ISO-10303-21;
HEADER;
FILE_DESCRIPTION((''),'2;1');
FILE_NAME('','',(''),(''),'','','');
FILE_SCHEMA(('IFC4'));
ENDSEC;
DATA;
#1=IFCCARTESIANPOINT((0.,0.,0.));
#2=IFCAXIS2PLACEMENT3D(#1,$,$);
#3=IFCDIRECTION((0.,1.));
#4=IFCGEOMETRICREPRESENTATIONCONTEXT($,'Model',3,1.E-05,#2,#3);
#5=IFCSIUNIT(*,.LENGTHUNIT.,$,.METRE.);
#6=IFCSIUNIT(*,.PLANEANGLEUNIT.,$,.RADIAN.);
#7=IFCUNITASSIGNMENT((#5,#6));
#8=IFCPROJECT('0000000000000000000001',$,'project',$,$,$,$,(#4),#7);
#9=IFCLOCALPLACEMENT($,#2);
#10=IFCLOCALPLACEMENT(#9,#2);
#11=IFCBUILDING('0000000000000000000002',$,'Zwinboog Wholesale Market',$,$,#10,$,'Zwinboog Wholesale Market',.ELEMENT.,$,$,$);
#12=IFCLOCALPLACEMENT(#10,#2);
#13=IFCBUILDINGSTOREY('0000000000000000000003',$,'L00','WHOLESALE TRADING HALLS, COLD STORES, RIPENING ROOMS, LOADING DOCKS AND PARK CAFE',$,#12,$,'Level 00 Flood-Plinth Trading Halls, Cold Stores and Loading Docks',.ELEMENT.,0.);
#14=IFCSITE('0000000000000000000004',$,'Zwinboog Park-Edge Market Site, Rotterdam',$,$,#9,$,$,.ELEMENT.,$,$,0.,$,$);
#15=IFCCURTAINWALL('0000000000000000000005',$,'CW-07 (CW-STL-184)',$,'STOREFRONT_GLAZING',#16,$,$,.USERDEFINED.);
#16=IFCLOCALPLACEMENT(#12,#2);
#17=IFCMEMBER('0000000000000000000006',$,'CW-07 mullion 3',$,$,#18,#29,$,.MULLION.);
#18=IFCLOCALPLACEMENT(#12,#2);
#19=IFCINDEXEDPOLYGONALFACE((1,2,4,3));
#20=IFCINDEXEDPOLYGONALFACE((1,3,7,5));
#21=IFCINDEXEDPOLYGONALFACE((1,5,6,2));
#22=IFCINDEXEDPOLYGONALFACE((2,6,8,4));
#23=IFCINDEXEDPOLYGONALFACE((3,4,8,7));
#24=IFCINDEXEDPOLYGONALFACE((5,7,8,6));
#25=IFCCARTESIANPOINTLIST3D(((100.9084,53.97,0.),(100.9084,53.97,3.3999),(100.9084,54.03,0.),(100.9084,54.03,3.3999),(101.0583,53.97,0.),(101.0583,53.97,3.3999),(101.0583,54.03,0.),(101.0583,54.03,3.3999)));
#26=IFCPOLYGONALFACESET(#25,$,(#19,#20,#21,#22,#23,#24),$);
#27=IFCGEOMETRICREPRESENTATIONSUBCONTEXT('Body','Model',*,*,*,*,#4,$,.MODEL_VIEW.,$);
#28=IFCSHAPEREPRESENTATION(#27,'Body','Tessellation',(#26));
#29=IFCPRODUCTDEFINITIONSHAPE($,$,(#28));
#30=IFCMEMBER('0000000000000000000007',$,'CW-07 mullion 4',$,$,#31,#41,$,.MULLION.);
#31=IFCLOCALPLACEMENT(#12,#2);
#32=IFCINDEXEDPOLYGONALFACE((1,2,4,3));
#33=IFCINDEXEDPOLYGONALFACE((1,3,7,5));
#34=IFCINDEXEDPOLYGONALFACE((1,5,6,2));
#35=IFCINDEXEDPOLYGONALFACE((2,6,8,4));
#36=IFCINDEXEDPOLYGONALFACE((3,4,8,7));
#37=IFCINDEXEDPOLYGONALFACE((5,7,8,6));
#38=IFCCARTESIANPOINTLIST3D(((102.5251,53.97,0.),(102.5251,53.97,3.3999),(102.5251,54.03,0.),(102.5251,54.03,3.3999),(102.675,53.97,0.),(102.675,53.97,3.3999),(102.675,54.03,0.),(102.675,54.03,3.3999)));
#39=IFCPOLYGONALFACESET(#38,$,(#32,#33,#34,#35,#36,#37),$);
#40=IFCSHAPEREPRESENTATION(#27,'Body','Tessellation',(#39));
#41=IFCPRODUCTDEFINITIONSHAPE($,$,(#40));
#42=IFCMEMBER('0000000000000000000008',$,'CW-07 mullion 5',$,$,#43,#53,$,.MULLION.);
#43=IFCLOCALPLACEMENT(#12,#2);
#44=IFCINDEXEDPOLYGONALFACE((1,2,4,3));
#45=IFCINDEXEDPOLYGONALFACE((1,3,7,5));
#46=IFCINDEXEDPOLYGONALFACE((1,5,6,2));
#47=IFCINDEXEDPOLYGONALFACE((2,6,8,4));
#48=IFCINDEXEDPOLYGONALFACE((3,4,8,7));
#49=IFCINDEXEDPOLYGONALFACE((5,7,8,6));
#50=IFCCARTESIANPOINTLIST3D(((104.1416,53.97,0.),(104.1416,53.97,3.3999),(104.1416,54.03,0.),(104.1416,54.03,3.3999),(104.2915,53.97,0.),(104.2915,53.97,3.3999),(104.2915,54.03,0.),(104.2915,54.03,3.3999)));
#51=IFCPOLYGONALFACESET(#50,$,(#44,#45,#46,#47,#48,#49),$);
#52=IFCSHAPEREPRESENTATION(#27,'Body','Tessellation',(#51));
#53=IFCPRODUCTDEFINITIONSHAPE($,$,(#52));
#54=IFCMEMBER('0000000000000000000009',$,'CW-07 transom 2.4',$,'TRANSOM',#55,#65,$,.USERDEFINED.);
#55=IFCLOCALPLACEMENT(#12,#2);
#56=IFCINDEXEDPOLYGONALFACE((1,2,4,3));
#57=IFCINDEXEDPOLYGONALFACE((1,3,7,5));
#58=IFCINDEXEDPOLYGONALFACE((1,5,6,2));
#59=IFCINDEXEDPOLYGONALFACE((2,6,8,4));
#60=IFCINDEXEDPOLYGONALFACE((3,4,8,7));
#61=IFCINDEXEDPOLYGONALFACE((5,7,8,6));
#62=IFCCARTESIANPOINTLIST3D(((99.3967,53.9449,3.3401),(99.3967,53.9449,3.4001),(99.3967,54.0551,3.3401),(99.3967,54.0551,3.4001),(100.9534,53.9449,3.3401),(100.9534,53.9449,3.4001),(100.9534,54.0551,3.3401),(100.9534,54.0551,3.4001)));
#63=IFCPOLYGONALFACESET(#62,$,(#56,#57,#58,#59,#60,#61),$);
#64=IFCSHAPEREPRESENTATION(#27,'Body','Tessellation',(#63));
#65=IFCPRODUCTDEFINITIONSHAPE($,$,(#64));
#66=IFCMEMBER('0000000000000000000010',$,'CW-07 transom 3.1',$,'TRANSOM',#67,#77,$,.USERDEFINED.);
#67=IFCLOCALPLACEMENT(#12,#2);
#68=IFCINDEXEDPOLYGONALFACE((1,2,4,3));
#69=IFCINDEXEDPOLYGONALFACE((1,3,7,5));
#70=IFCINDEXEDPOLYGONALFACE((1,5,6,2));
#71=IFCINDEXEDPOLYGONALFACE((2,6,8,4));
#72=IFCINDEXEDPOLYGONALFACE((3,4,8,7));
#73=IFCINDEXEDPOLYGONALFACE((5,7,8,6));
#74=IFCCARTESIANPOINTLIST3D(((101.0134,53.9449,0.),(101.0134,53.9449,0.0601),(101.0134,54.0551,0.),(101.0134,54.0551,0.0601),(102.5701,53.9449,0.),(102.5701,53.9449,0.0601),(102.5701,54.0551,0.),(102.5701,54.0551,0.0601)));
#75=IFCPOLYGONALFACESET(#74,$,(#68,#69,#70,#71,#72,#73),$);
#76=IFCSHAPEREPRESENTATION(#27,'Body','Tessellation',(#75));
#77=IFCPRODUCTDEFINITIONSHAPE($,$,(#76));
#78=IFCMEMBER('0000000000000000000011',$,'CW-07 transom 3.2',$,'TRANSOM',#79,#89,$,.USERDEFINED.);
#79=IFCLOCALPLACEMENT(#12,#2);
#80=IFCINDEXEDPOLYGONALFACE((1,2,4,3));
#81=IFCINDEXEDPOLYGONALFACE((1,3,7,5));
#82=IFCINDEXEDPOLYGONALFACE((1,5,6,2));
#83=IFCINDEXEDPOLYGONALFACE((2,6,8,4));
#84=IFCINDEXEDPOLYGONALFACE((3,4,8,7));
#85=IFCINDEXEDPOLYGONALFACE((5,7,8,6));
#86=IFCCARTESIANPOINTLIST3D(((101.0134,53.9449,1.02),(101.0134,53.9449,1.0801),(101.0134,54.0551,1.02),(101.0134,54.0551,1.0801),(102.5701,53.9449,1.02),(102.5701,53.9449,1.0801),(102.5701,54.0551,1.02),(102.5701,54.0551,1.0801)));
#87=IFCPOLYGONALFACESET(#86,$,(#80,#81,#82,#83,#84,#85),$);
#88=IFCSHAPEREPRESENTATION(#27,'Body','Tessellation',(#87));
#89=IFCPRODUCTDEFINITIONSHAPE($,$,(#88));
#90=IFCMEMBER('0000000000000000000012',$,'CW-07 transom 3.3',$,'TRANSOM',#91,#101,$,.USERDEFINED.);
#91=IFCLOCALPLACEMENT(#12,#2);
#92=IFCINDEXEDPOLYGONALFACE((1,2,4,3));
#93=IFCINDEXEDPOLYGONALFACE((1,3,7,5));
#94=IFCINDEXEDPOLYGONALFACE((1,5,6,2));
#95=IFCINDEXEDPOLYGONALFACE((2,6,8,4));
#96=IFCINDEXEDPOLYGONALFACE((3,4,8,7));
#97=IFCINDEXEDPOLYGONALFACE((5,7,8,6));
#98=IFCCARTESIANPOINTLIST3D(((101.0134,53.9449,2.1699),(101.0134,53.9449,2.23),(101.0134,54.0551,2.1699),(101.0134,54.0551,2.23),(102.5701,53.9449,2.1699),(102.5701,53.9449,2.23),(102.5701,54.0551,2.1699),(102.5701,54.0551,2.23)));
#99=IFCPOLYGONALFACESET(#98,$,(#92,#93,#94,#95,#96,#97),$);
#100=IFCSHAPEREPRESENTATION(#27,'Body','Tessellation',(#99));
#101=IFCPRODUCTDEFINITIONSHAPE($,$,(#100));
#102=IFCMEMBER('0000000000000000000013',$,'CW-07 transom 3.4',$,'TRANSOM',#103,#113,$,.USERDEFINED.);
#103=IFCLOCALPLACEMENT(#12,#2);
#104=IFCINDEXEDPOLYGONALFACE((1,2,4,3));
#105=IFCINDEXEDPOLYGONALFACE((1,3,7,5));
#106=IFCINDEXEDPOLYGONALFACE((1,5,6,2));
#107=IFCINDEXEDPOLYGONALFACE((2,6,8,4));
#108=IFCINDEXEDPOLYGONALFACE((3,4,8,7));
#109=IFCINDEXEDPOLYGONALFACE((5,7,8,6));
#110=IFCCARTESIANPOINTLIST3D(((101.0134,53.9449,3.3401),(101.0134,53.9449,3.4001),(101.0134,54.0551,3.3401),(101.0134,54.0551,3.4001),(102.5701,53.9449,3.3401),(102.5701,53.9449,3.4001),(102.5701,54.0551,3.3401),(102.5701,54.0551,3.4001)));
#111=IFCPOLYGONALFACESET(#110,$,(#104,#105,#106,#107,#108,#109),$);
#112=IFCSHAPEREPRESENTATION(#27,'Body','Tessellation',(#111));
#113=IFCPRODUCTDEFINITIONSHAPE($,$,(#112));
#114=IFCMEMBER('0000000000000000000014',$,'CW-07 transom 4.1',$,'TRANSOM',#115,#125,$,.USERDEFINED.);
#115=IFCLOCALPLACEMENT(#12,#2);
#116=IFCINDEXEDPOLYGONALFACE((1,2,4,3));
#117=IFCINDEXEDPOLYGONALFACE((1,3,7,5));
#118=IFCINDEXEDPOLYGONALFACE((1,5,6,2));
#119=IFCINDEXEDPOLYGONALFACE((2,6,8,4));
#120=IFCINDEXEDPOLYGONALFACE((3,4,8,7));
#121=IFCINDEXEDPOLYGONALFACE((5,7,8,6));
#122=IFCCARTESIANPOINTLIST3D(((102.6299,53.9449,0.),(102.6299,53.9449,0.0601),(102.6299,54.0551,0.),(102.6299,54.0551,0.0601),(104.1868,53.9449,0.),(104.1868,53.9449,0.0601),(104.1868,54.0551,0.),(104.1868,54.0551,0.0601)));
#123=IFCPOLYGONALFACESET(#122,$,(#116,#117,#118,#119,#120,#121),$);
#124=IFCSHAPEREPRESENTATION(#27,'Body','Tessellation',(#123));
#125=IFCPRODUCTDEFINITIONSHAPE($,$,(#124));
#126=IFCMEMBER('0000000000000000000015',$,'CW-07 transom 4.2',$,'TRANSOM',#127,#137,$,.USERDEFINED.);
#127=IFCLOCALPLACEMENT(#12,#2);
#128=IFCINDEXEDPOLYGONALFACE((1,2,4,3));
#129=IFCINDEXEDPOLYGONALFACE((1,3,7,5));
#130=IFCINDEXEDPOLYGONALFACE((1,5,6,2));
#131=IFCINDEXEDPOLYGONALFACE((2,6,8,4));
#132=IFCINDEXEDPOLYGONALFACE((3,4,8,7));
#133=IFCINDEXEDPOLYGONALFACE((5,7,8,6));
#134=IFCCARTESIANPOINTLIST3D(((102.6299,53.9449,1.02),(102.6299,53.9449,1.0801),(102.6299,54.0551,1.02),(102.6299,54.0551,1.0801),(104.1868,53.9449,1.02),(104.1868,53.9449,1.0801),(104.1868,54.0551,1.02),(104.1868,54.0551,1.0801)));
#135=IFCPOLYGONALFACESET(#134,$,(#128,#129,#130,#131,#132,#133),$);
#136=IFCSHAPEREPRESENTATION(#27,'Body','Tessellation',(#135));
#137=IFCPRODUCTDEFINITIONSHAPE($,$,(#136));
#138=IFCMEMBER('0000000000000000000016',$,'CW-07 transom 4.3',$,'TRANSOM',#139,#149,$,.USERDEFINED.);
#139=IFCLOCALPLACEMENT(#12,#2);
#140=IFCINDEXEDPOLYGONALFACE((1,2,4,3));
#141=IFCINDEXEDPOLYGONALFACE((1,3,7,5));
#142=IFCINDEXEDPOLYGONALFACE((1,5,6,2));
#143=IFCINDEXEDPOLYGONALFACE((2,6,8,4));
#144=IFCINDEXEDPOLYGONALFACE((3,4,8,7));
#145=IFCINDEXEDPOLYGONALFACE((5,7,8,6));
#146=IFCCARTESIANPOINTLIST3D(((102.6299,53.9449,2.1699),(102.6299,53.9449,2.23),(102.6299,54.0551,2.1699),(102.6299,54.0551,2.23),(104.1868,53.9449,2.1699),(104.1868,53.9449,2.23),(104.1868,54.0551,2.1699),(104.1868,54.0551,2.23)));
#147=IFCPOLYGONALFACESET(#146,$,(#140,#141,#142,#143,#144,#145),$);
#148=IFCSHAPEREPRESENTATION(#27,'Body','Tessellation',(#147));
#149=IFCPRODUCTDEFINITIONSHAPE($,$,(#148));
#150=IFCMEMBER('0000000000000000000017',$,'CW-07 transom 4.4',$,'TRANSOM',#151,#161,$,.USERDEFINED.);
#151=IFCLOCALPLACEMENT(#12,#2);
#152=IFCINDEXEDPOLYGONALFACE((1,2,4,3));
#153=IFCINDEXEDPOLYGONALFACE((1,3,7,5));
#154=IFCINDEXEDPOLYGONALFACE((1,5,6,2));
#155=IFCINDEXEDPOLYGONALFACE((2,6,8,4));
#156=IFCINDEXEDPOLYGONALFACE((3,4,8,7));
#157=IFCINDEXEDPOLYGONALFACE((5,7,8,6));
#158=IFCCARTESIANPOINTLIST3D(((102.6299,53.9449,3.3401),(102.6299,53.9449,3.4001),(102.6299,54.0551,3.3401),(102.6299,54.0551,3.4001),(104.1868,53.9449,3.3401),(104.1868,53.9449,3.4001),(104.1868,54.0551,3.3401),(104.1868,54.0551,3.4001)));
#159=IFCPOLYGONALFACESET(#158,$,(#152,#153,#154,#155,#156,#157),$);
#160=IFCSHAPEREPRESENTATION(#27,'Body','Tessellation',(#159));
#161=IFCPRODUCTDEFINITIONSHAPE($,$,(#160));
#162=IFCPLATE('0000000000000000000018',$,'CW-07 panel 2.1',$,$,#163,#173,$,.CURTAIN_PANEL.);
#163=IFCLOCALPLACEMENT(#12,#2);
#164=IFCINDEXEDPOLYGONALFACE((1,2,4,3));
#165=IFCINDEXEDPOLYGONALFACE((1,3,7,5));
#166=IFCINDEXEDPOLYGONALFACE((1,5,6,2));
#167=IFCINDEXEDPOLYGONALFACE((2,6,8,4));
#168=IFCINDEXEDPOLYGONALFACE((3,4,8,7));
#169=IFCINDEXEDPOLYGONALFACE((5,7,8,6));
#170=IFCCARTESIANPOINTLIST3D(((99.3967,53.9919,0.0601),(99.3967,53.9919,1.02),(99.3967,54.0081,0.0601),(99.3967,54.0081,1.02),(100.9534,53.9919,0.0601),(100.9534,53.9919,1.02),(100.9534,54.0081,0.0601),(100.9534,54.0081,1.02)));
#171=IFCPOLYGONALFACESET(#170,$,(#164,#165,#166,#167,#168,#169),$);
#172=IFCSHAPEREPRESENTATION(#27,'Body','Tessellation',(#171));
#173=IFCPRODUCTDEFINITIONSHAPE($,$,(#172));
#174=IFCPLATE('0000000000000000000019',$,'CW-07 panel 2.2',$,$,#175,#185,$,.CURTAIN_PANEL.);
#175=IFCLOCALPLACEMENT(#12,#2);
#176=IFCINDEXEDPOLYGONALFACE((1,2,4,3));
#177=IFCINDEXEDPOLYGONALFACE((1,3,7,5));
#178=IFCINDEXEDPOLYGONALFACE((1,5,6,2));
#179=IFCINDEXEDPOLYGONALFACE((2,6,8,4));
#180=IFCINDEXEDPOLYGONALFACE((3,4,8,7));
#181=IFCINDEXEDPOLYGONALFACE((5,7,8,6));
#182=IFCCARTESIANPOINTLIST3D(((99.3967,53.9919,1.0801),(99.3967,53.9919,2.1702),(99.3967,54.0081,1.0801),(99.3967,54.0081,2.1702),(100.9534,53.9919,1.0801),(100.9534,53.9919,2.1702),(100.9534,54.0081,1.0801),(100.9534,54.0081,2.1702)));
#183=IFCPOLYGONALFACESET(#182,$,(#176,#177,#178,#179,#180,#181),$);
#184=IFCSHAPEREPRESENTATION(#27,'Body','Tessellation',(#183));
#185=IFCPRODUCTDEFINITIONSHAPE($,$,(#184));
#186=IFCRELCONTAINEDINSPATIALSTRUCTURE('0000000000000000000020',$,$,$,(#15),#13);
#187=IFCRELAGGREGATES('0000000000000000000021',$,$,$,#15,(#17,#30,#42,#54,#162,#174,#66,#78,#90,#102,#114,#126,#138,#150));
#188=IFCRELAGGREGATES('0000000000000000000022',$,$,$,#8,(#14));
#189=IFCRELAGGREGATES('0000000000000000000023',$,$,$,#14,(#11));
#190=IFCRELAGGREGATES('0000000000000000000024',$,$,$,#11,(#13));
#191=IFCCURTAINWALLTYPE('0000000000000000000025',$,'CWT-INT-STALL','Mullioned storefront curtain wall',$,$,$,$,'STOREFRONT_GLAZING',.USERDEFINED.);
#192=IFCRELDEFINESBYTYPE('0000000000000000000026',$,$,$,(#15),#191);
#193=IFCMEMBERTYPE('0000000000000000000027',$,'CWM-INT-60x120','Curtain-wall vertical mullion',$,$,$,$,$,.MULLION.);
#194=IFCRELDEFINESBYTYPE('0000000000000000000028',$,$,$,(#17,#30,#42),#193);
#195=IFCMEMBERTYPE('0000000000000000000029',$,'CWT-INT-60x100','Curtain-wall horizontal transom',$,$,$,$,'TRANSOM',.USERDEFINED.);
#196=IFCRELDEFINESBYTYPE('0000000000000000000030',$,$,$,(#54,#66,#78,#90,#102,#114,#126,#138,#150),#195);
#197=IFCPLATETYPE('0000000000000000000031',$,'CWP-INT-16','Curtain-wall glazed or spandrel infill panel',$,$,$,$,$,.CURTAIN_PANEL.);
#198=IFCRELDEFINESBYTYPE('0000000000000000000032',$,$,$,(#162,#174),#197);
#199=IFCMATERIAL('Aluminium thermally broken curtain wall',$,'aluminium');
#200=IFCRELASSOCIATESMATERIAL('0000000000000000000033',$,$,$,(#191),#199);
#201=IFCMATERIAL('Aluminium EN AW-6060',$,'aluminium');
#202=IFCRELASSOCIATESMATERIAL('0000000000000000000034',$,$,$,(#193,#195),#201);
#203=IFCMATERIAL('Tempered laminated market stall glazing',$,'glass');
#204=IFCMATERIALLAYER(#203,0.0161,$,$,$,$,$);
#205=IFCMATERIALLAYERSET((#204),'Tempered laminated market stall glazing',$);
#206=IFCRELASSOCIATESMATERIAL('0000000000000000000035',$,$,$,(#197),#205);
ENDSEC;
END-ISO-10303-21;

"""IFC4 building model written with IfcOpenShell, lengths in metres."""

from ifc_helpers import new_model, si_unit, direction, frame, origin, origin_2d, place, context, subcontext, project, spatial, rectangle, extrude, material, layer, layer_set, material_profile, profile_set, type_object, element, aggregate, save


model = new_model("IFC4")

# Units and contexts
model_context = context("Model", 3, precision=1e-05, world=origin(), true_north=direction((0.0, 1.0)))
body_context = subcontext(model_context, "Body", "Model", "MODEL_VIEW")
ifc_project = project(units=[si_unit("LENGTHUNIT", "METRE"), si_unit("PLANEANGLEUNIT", "RADIAN")], contexts=[model_context])

# Site, building, storey
site_placement = place(None, origin())
site = spatial("IfcSite", under=ifc_project, at=site_placement, Name="Zwinboog Park-Edge Market Site, Rotterdam", CompositionType="ELEMENT", RefElevation=0.0)
building_placement = place(site_placement, origin())
building = spatial("IfcBuilding", under=site, at=building_placement, Name="Zwinboog Wholesale Market", LongName="Zwinboog Wholesale Market", CompositionType="ELEMENT")
storey_placement = place(building_placement, origin())
storey = spatial("IfcBuildingStorey", under=building, at=storey_placement, Name="L00", Description="WHOLESALE TRADING HALLS, COLD STORES, RIPENING ROOMS, LOADING DOCKS AND PARK CAFE", LongName="Level 00 Flood-Plinth Trading Halls, Cold Stores and Loading Docks", CompositionType="ELEMENT", Elevation=0.0)

# Curtain wall, members, plates
ifc_material_1 = material(Name="Aluminium thermally broken curtain wall", Category="aluminium")
curtain_wall_type = type_object("IfcCurtainWallType", Name="CWT-INT-STALL", Description="Mullioned storefront curtain wall", ElementType="STOREFRONT_GLAZING", PredefinedType="USERDEFINED", material=ifc_material_1)
curtain_wall_placement = place(storey_placement, origin())
curtain_wall = element("IfcCurtainWall", 1, at=curtain_wall_placement, inside=storey, type_object=curtain_wall_type, Name="CW-07 (CW-STL-184)", ObjectType="STOREFRONT_GLAZING", PredefinedType="USERDEFINED")
ifc_material_2 = material(Name="Aluminium EN AW-6060", Category="aluminium")
ifc_material_profile_1 = material_profile(ifc_material_2, rectangle(XDim=0.0601, YDim=0.1499, at=origin_2d()), Name="AL 60x150")
ifc_profile_set_1 = profile_set([ifc_material_profile_1], Name="Aluminium EN AW-6060")
member_type_1 = type_object("IfcMemberType", Name="CWM-INT-60x120", Description="Curtain-wall vertical mullion", PredefinedType="MULLION", material=ifc_profile_set_1)
member_1_placement = place(storey_placement, frame((100.9834, 54.0, 0.0), z_axis=(0.0, 0.0, 1.0), x_axis=(0.0, 1.0, 0.0)))
member_1 = element("IfcMember", 2, at=member_1_placement, type_object=member_type_1, Name="CW-07 mullion 3", PredefinedType="MULLION", context=body_context, shape_type="SweptSolid", body=[
    extrude(rectangle(XDim=0.0601, YDim=0.1499, at=origin_2d()), origin(), (0.0, 0.0, 1.0), 3.3999),
])
member_2_placement = place(storey_placement, frame((102.6001, 54.0, 0.0), z_axis=(0.0, 0.0, 1.0), x_axis=(0.0, 1.0, 0.0)))
member_2 = element("IfcMember", 3, at=member_2_placement, type_object=member_type_1, Name="CW-07 mullion 4", PredefinedType="MULLION", context=body_context, shape_type="SweptSolid", body=[
    extrude(rectangle(XDim=0.0601, YDim=0.1499, at=origin_2d()), origin(), (0.0, 0.0, 1.0), 3.3999),
])
member_3_placement = place(storey_placement, frame((104.2166, 54.0, 0.0), z_axis=(0.0, 0.0, 1.0), x_axis=(0.0, 1.0, 0.0)))
member_3 = element("IfcMember", 4, at=member_3_placement, type_object=member_type_1, Name="CW-07 mullion 5", PredefinedType="MULLION", context=body_context, shape_type="SweptSolid", body=[
    extrude(rectangle(XDim=0.0601, YDim=0.1499, at=origin_2d()), origin(), (0.0, 0.0, 1.0), 3.3999),
])
ifc_material_profile_2 = material_profile(ifc_material_2, rectangle(XDim=0.1101, YDim=0.0601, at=origin_2d()), Name="AL 60x110")
ifc_profile_set_2 = profile_set([ifc_material_profile_2], Name="Aluminium EN AW-6060")
member_type_2 = type_object("IfcMemberType", Name="CWT-INT-60x100", Description="Curtain-wall horizontal transom", ElementType="TRANSOM", PredefinedType="USERDEFINED", material=ifc_profile_set_2)
member_4_placement = place(storey_placement, frame((99.3967, 54.0, 3.3701), z_axis=(1.0, 0.0, 0.0), x_axis=(0.0, 1.0, 0.0)))
member_4 = element("IfcMember", 5, at=member_4_placement, type_object=member_type_2, Name="CW-07 transom 2.4", ObjectType="TRANSOM", PredefinedType="USERDEFINED", context=body_context, shape_type="SweptSolid", body=[
    extrude(rectangle(XDim=0.1101, YDim=0.0601, at=origin_2d()), origin(), (0.0, 0.0, 1.0), 1.5566),
])
member_5_placement = place(storey_placement, frame((101.0134, 54.0, 0.03), z_axis=(1.0, 0.0, 0.0), x_axis=(0.0, 1.0, 0.0)))
member_5 = element("IfcMember", 6, at=member_5_placement, type_object=member_type_2, Name="CW-07 transom 3.1", ObjectType="TRANSOM", PredefinedType="USERDEFINED", context=body_context, shape_type="SweptSolid", body=[
    extrude(rectangle(XDim=0.1101, YDim=0.0601, at=origin_2d()), origin(), (0.0, 0.0, 1.0), 1.5566),
])
member_6_placement = place(storey_placement, frame((101.0134, 54.0, 1.05), z_axis=(1.0, 0.0, 0.0), x_axis=(0.0, 1.0, 0.0)))
member_6 = element("IfcMember", 7, at=member_6_placement, type_object=member_type_2, Name="CW-07 transom 3.2", ObjectType="TRANSOM", PredefinedType="USERDEFINED", context=body_context, shape_type="SweptSolid", body=[
    extrude(rectangle(XDim=0.1101, YDim=0.0601, at=origin_2d()), origin(), (0.0, 0.0, 1.0), 1.5566),
])
member_7_placement = place(storey_placement, frame((101.0134, 54.0, 2.2), z_axis=(1.0, 0.0, 0.0), x_axis=(0.0, 1.0, 0.0)))
member_7 = element("IfcMember", 8, at=member_7_placement, type_object=member_type_2, Name="CW-07 transom 3.3", ObjectType="TRANSOM", PredefinedType="USERDEFINED", context=body_context, shape_type="SweptSolid", body=[
    extrude(rectangle(XDim=0.1101, YDim=0.0601, at=origin_2d()), origin(), (0.0, 0.0, 1.0), 1.5566),
])
member_8_placement = place(storey_placement, frame((101.0134, 54.0, 3.3701), z_axis=(1.0, 0.0, 0.0), x_axis=(0.0, 1.0, 0.0)))
member_8 = element("IfcMember", 9, at=member_8_placement, type_object=member_type_2, Name="CW-07 transom 3.4", ObjectType="TRANSOM", PredefinedType="USERDEFINED", context=body_context, shape_type="SweptSolid", body=[
    extrude(rectangle(XDim=0.1101, YDim=0.0601, at=origin_2d()), origin(), (0.0, 0.0, 1.0), 1.5566),
])
member_9_placement = place(storey_placement, frame((102.6299, 54.0, 0.03), z_axis=(1.0, 0.0, 0.0), x_axis=(0.0, 1.0, 0.0)))
member_9 = element("IfcMember", 10, at=member_9_placement, type_object=member_type_2, Name="CW-07 transom 4.1", ObjectType="TRANSOM", PredefinedType="USERDEFINED", context=body_context, shape_type="SweptSolid", body=[
    extrude(rectangle(XDim=0.1101, YDim=0.0601, at=origin_2d()), origin(), (0.0, 0.0, 1.0), 1.5569),
])
member_10_placement = place(storey_placement, frame((102.6299, 54.0, 1.05), z_axis=(1.0, 0.0, 0.0), x_axis=(0.0, 1.0, 0.0)))
member_10 = element("IfcMember", 11, at=member_10_placement, type_object=member_type_2, Name="CW-07 transom 4.2", ObjectType="TRANSOM", PredefinedType="USERDEFINED", context=body_context, shape_type="SweptSolid", body=[
    extrude(rectangle(XDim=0.1101, YDim=0.0601, at=origin_2d()), origin(), (0.0, 0.0, 1.0), 1.5569),
])
member_11_placement = place(storey_placement, frame((102.6299, 54.0, 2.2), z_axis=(1.0, 0.0, 0.0), x_axis=(0.0, 1.0, 0.0)))
member_11 = element("IfcMember", 12, at=member_11_placement, type_object=member_type_2, Name="CW-07 transom 4.3", ObjectType="TRANSOM", PredefinedType="USERDEFINED", context=body_context, shape_type="SweptSolid", body=[
    extrude(rectangle(XDim=0.1101, YDim=0.0601, at=origin_2d()), origin(), (0.0, 0.0, 1.0), 1.5569),
])
member_12_placement = place(storey_placement, frame((102.6299, 54.0, 3.3701), z_axis=(1.0, 0.0, 0.0), x_axis=(0.0, 1.0, 0.0)))
member_12 = element("IfcMember", 13, at=member_12_placement, type_object=member_type_2, Name="CW-07 transom 4.4", ObjectType="TRANSOM", PredefinedType="USERDEFINED", context=body_context, shape_type="SweptSolid", body=[
    extrude(rectangle(XDim=0.1101, YDim=0.0601, at=origin_2d()), origin(), (0.0, 0.0, 1.0), 1.5569),
])
ifc_material_3 = material(Name="Tempered laminated market stall glazing", Category="glass")
ifc_layer = layer(ifc_material_3, 0.0161)
ifc_layer_set = layer_set([ifc_layer], Name="Tempered laminated market stall glazing")
plate_type = type_object("IfcPlateType", Name="CWP-INT-16", Description="Curtain-wall glazed or spandrel infill panel", PredefinedType="CURTAIN_PANEL", material=ifc_layer_set)
plate_1_placement = place(storey_placement, frame((100.175, 54.0, 0.0601), z_axis=(0.0, 0.0, 1.0), x_axis=(1.0, 0.0, 0.0)))
plate_1 = element("IfcPlate", 14, at=plate_1_placement, type_object=plate_type, Name="CW-07 panel 2.1", PredefinedType="CURTAIN_PANEL", context=body_context, shape_type="SweptSolid", body=[
    extrude(rectangle(XDim=1.5566, YDim=0.0161, at=origin_2d()), origin(), (0.0, 0.0, 1.0), 0.96),
])
plate_2_placement = place(storey_placement, frame((100.175, 54.0, 1.0801), z_axis=(0.0, 0.0, 1.0), x_axis=(1.0, 0.0, 0.0)))
plate_2 = element("IfcPlate", 15, at=plate_2_placement, type_object=plate_type, Name="CW-07 panel 2.2", PredefinedType="CURTAIN_PANEL", context=body_context, shape_type="SweptSolid", body=[
    extrude(rectangle(XDim=1.5566, YDim=0.0161, at=origin_2d()), origin(), (0.0, 0.0, 1.0), 1.0901),
])
aggregate(curtain_wall, [member_1, member_2, member_3, member_4, plate_1, plate_2, member_5, member_6, member_7, member_8, member_9, member_10, member_11, member_12])

save(model, "model.ifc")
